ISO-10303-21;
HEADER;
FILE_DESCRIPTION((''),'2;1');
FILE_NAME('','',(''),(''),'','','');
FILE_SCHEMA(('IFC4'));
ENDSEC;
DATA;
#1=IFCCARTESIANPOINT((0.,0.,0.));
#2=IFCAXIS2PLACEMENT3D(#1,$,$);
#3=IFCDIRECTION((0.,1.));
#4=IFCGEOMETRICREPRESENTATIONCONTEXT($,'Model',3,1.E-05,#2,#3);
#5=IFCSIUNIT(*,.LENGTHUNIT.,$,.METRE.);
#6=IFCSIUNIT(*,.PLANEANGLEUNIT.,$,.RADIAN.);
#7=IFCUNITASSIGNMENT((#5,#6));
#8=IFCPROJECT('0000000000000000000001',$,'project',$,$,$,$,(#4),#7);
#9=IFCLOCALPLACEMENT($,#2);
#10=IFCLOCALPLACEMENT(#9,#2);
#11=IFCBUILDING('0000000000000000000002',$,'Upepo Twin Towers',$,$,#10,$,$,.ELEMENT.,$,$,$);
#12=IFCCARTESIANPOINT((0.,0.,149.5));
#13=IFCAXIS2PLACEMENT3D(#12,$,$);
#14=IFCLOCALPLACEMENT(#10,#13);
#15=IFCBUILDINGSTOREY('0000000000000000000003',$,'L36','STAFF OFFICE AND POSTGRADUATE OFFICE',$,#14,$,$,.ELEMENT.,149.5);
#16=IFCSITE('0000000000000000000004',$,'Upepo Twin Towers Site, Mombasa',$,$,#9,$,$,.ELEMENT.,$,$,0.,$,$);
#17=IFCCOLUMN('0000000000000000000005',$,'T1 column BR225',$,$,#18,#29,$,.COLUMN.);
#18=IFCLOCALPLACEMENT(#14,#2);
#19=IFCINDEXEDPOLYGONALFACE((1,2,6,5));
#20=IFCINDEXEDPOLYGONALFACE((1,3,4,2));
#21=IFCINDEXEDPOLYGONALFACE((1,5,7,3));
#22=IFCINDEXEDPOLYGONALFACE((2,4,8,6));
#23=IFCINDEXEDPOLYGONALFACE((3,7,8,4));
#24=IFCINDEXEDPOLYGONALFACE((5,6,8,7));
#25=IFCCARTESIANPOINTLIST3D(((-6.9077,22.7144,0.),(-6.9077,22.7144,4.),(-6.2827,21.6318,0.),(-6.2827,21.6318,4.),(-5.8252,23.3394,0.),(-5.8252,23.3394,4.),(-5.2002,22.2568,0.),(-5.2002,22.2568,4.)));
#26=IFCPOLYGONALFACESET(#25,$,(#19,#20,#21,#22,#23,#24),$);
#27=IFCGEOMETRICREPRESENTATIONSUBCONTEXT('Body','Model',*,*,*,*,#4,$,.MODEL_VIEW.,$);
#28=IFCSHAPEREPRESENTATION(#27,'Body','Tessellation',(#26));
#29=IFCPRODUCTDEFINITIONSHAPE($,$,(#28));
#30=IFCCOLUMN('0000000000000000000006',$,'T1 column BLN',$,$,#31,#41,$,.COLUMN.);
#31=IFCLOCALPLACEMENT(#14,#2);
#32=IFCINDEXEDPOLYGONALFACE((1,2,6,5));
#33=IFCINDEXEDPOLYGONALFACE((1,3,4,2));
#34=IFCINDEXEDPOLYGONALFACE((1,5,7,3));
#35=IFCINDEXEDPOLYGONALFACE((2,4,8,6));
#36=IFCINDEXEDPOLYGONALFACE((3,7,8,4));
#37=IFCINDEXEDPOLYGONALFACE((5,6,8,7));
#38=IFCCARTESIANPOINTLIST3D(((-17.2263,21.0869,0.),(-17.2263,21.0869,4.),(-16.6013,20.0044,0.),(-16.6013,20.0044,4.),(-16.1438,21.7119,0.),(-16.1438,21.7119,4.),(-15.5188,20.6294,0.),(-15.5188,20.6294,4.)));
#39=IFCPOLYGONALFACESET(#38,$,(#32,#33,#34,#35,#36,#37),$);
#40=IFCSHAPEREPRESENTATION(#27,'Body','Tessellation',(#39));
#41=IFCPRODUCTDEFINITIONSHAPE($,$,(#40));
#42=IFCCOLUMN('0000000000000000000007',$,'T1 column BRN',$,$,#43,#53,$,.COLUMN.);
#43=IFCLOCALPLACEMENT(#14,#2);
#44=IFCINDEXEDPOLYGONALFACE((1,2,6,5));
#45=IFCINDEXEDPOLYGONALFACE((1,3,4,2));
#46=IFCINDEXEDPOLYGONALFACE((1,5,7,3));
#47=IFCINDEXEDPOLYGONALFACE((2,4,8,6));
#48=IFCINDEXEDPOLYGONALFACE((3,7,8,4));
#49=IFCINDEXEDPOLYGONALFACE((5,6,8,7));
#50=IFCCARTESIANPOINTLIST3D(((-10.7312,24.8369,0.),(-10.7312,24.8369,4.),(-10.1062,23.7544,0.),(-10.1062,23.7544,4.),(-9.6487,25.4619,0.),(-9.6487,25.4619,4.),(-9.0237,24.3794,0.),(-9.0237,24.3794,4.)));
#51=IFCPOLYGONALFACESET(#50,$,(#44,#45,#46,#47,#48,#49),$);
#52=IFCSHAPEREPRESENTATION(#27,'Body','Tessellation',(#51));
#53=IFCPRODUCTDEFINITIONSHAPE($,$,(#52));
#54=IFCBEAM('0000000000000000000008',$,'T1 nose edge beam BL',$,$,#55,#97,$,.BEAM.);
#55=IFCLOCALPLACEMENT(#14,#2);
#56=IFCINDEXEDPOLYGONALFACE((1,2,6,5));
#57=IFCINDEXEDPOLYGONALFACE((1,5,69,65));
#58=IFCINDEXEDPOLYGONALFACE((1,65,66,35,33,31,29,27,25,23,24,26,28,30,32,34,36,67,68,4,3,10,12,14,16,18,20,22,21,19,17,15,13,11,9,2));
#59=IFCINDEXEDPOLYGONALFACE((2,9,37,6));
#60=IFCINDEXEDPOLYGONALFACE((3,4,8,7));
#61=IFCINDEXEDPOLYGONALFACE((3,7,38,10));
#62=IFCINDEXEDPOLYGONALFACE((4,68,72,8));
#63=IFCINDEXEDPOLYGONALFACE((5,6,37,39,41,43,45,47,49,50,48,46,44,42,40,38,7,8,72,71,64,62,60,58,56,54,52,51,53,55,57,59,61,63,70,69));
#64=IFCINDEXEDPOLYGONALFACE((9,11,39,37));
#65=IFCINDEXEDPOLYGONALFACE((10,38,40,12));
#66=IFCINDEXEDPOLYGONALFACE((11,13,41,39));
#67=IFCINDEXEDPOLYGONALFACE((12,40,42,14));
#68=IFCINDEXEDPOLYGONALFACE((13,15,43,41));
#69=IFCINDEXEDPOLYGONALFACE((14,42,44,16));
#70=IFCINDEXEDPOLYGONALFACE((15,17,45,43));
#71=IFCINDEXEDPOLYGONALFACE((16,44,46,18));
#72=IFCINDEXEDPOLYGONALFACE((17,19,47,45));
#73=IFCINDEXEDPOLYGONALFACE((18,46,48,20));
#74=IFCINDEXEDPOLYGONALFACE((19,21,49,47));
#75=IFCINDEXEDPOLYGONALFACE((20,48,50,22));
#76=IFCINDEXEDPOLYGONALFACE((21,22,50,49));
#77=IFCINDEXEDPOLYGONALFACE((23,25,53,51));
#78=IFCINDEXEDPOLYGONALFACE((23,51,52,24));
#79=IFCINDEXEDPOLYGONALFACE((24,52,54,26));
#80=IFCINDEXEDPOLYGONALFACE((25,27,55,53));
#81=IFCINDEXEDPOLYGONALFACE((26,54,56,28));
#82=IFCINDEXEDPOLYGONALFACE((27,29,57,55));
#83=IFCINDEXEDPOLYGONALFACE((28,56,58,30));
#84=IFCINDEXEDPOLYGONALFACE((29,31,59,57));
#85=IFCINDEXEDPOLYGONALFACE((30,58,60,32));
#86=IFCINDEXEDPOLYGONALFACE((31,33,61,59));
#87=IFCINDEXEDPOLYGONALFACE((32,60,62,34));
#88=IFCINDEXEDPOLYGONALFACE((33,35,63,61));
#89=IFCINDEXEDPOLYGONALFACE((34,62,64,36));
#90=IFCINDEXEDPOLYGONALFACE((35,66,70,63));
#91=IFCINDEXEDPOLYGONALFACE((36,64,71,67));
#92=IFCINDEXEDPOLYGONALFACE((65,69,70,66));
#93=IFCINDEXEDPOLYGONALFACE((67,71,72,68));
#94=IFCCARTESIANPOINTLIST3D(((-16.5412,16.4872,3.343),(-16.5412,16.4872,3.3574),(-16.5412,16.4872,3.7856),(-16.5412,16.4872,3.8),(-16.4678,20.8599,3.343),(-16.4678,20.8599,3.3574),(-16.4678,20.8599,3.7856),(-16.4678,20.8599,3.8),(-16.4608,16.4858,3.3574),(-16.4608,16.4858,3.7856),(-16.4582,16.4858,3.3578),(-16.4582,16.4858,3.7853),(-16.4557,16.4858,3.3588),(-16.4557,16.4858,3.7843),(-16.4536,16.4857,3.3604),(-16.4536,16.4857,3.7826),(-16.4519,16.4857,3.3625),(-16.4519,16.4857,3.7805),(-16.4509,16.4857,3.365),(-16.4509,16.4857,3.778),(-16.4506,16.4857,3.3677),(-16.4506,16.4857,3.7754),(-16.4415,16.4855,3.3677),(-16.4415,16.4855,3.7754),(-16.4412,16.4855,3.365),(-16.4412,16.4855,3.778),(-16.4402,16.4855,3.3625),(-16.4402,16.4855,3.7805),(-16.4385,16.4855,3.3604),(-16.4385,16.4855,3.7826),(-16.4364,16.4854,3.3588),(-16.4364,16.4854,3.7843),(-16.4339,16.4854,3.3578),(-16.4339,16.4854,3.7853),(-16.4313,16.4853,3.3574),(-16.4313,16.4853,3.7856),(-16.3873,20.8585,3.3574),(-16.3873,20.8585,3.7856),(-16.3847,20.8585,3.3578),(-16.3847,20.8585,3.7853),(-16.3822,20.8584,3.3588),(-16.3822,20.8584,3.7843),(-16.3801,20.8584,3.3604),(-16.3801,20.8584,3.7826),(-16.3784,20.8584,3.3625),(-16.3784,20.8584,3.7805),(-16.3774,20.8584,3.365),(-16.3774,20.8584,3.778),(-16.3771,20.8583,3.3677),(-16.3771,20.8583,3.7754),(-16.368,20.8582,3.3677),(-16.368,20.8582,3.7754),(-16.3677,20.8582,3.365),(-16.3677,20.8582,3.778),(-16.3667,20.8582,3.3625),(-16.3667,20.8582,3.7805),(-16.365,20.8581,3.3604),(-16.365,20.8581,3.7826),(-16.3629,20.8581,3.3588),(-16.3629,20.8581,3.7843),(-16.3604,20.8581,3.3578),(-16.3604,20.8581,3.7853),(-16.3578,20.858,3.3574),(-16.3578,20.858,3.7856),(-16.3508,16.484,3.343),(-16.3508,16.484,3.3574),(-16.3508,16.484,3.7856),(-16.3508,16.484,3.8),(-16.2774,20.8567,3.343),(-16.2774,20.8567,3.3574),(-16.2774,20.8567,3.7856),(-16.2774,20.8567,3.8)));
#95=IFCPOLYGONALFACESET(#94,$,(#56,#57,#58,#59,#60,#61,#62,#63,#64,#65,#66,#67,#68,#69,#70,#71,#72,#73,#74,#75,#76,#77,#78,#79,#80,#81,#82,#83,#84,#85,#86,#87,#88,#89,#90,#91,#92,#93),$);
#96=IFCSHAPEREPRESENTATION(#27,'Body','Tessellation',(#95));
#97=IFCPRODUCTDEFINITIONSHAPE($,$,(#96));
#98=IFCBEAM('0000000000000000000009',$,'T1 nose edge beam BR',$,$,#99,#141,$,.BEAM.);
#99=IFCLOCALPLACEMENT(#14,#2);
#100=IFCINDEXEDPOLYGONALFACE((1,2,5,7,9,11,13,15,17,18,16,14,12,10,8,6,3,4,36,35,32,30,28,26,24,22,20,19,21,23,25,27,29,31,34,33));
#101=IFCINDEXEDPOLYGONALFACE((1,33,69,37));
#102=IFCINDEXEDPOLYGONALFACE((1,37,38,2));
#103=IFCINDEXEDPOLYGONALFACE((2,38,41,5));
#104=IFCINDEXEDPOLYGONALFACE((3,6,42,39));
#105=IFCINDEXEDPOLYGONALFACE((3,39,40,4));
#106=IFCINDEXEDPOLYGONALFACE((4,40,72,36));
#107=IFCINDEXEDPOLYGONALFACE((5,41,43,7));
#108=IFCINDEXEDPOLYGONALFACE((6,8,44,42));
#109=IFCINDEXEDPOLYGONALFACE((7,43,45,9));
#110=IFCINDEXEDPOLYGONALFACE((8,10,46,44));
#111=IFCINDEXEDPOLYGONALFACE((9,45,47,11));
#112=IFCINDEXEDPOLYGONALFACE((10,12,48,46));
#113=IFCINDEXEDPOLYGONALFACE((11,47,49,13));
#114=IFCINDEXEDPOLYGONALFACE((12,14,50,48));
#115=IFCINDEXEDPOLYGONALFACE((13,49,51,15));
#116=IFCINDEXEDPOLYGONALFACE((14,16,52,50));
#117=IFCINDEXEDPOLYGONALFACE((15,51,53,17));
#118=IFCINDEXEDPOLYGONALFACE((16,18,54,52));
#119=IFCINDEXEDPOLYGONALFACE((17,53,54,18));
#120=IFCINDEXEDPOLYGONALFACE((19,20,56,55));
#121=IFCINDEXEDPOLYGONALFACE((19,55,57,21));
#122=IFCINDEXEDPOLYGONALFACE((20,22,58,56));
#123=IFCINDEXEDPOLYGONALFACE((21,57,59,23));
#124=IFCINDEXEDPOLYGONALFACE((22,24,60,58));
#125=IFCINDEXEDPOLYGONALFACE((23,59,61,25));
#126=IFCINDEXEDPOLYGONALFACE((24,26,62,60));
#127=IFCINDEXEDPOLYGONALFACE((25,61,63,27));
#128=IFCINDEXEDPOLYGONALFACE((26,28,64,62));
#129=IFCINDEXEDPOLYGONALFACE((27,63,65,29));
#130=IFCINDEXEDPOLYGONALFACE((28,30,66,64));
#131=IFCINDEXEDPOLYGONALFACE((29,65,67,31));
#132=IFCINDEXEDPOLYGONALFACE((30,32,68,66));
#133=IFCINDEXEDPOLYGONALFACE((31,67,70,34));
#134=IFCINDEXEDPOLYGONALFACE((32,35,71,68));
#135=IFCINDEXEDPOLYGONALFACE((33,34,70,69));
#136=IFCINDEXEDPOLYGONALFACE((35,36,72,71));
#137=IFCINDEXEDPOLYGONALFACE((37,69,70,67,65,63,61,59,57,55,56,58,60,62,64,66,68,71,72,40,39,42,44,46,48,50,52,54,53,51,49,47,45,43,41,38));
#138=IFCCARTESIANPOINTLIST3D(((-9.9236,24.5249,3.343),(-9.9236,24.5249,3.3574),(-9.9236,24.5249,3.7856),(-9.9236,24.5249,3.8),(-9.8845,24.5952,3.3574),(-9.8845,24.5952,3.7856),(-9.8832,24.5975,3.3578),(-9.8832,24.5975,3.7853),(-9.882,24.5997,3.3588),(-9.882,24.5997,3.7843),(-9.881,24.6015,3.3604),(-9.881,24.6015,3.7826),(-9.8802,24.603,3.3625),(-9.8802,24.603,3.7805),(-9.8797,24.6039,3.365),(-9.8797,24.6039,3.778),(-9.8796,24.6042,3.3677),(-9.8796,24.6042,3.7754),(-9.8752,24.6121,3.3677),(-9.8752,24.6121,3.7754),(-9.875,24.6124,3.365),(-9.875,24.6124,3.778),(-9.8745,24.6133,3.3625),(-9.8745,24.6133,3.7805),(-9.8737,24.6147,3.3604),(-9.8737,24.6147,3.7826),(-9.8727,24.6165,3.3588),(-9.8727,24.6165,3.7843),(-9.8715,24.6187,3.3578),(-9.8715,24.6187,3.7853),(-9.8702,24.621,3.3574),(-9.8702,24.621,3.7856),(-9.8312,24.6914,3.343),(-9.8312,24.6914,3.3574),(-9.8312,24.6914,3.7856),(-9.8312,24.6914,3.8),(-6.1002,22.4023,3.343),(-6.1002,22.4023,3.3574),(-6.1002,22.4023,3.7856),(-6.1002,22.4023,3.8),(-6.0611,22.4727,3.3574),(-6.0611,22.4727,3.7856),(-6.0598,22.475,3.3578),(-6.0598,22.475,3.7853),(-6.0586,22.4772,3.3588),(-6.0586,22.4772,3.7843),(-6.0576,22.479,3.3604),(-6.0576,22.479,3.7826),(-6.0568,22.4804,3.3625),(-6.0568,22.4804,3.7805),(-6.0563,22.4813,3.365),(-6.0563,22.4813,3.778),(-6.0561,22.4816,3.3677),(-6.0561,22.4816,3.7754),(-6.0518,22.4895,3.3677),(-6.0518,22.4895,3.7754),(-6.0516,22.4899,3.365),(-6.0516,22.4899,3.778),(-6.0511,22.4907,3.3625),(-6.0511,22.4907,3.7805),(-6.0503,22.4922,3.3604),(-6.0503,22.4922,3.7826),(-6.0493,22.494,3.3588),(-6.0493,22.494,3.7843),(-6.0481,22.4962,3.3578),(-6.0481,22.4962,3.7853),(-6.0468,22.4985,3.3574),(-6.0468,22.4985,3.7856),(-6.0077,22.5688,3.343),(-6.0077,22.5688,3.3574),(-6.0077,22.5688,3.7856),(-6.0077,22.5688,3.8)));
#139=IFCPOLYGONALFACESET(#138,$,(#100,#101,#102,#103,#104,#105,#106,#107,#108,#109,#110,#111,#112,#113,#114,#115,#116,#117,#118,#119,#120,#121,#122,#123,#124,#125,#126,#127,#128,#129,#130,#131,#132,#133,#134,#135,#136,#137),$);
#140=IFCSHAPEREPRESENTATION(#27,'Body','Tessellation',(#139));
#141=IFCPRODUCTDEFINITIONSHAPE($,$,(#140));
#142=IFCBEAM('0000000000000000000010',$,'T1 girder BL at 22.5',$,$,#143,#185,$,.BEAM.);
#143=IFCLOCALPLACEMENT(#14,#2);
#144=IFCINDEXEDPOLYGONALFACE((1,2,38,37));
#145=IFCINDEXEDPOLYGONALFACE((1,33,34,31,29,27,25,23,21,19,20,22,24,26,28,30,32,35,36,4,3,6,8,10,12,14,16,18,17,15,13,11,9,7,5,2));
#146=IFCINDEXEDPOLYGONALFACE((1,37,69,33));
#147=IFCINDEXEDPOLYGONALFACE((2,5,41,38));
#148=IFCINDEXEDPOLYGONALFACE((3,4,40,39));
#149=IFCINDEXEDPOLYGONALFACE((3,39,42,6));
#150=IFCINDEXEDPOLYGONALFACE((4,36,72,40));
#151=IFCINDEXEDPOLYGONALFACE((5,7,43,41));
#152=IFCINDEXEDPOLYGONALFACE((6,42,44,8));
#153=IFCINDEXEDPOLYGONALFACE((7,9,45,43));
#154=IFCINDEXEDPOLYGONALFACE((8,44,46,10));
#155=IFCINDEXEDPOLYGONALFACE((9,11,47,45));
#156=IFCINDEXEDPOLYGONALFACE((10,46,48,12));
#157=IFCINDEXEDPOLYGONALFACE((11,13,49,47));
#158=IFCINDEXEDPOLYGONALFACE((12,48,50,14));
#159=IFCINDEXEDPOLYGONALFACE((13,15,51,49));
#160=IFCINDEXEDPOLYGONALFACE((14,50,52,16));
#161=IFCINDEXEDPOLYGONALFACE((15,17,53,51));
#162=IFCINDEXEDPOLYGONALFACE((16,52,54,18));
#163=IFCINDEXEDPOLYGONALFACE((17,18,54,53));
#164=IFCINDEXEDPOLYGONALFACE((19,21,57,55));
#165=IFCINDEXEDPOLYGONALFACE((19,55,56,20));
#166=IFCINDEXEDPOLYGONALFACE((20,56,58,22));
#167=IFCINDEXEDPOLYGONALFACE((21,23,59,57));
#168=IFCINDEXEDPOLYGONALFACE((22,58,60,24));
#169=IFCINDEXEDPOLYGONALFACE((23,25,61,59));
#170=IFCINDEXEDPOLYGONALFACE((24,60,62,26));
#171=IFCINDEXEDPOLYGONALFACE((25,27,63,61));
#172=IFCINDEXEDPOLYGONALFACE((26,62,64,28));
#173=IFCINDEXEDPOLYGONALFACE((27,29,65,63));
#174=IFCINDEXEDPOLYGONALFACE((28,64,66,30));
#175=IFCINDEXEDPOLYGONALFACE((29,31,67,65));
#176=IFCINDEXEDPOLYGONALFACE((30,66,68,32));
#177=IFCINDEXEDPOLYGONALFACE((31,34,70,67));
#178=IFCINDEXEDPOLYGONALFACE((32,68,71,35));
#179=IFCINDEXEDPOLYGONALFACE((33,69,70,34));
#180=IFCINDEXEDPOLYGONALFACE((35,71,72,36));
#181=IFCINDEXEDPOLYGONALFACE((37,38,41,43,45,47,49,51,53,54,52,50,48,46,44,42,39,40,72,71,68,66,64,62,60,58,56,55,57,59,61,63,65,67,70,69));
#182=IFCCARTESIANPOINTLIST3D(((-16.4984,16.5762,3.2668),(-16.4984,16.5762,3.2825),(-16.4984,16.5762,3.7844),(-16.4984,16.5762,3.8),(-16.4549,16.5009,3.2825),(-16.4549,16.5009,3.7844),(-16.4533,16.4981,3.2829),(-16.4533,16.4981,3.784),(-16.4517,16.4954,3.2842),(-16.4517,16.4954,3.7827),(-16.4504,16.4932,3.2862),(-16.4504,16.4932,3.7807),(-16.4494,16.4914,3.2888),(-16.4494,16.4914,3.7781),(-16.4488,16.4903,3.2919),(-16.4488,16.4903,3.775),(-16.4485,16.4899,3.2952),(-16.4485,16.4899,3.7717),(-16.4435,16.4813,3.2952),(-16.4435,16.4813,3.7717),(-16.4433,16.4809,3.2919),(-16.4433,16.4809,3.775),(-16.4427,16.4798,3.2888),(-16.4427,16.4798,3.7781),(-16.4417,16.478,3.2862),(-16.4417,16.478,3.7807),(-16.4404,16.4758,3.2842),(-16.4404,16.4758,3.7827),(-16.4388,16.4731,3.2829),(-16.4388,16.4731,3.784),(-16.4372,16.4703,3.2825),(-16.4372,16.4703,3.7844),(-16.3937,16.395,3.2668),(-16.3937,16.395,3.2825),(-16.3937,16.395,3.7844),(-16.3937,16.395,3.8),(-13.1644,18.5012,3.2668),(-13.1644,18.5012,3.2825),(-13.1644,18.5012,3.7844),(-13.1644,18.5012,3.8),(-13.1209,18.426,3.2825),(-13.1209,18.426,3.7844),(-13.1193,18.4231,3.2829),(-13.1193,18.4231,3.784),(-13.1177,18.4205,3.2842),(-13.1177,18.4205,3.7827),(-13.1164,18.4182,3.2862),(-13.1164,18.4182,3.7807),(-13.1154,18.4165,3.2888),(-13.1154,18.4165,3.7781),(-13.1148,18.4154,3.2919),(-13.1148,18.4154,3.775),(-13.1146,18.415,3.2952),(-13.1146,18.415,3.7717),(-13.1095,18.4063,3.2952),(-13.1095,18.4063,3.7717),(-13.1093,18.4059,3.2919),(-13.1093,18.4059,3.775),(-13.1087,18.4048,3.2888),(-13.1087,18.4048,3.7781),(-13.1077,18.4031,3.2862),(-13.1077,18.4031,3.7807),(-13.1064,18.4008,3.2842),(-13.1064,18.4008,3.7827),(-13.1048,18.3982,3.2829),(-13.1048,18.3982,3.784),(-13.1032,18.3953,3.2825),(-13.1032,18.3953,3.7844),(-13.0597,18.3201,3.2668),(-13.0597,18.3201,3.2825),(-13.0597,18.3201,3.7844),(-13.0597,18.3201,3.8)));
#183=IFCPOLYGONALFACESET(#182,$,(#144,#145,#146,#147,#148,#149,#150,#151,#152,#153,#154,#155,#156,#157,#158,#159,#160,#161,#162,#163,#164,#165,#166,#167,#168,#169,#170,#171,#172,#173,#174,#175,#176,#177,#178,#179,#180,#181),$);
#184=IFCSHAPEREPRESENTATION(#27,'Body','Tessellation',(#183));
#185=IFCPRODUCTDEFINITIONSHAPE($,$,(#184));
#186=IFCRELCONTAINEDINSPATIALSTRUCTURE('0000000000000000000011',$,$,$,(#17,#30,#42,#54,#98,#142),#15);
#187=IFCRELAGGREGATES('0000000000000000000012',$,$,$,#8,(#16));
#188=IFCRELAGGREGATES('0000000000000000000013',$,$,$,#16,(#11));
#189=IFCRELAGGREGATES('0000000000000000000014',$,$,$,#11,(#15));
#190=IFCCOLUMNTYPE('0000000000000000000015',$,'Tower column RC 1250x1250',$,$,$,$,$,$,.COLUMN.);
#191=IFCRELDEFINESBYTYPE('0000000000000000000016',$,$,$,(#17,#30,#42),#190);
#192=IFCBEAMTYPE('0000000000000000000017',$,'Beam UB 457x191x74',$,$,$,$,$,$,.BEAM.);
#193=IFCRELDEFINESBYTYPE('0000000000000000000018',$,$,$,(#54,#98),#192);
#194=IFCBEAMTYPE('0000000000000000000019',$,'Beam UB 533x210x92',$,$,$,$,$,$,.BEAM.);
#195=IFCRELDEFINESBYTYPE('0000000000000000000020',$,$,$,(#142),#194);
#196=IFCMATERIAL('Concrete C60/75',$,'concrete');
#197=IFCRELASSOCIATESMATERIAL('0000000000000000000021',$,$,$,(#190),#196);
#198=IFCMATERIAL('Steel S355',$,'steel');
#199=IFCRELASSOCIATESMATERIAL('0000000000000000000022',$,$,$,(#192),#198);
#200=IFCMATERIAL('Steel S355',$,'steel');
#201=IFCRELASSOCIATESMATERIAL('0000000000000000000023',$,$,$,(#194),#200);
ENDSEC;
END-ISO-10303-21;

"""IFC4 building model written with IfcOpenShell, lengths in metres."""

from ifc_helpers import new_model, si_unit, direction, frame, origin, origin_2d, place, context, subcontext, project, spatial, rectangle, i_section, extrude, material, material_profile, profile_set, type_object, element, save


model = new_model("IFC4")

# Units and contexts
model_context = context("Model", 3, precision=1e-05, world=origin(), true_north=direction((0.0, 1.0)))
body_context = subcontext(model_context, "Body", "Model", "MODEL_VIEW")
ifc_project = project(units=[si_unit("LENGTHUNIT", "METRE"), si_unit("PLANEANGLEUNIT", "RADIAN")], contexts=[model_context])

# Site, building, storey
site_placement = place(None, origin())
site = spatial("IfcSite", under=ifc_project, at=site_placement, Name="Upepo Twin Towers Site, Mombasa", CompositionType="ELEMENT", RefElevation=0.0)
building_placement = place(site_placement, origin())
building = spatial("IfcBuilding", under=site, at=building_placement, Name="Upepo Twin Towers", CompositionType="ELEMENT")
storey_placement = place(building_placement, frame((0.0, 0.0, 149.5)))
storey = spatial("IfcBuildingStorey", under=building, at=storey_placement, Name="L36", Description="STAFF OFFICE AND POSTGRADUATE OFFICE", CompositionType="ELEMENT", Elevation=149.5)

# Columns
ifc_material_1 = material(Name="Concrete C60/75", Category="concrete")
ifc_material_profile_1 = material_profile(ifc_material_1, rectangle(XDim=1.25, YDim=1.25, at=origin_2d()), Name="RC 1250x1250")
ifc_profile_set_1 = profile_set([ifc_material_profile_1], Name="Concrete C60/75")
column_type = type_object("IfcColumnType", Name="Tower column RC 1250x1250", PredefinedType="COLUMN", material=ifc_profile_set_1)
for number, where, z_axis, x_axis, name in (
    (1, (-6.054, 22.4856, 0.0), (0.0, 0.0, 1.0), (0.866025, 0.5, 0.0), "T1 column BR225"),
    (2, (-16.3726, 20.8582, 0.0), (0.0, 0.0, 1.0), (0.866025, 0.5, 0.0), "T1 column BLN"),
    (3, (-9.8774, 24.6082, 0.0), (0.0, 0.0, 1.0), (0.866025, 0.5, 0.0), "T1 column BRN"),
):
    element("IfcColumn", number, at=place(storey_placement, frame(where, z_axis=z_axis, x_axis=x_axis)), inside=storey, type_object=column_type, Name=name, PredefinedType="COLUMN", context=body_context, shape_type="SweptSolid", body=[
        extrude(rectangle(XDim=1.25, YDim=1.25, at=origin_2d()), origin(), (0.0, 0.0, 1.0), 4.0),
    ])

# Beams
ifc_material_2 = material(Name="Steel S355", Category="steel")
ifc_material_profile_2 = material_profile(ifc_material_2, i_section(OverallWidth=0.1904, OverallDepth=0.457, WebThickness=0.009, FlangeThickness=0.0144, FilletRadius=0.0103, at=origin_2d()), Name="UB 457x191x74")
ifc_profile_set_2 = profile_set([ifc_material_profile_2], Name="Steel S355")
beam_type_1 = type_object("IfcBeamType", Name="Beam UB 457x191x74", PredefinedType="BEAM", material=ifc_profile_set_2)
beam_1_placement = place(storey_placement, frame((-16.446, 16.4856, 3.5715), z_axis=(0.016804, 0.999859, 0.0), x_axis=(-0.999859, 0.016804, 0.0)))
element("IfcBeam", 4, at=beam_1_placement, inside=storey, type_object=beam_type_1, Name="T1 nose edge beam BL", PredefinedType="BEAM", context=body_context, shape_type="SweptSolid", body=[
    extrude(i_section(OverallWidth=0.1904, OverallDepth=0.457, WebThickness=0.009, FlangeThickness=0.0144, FilletRadius=0.0103, at=origin_2d()), origin(), (0.0, 0.0, 1.0), 4.3733),
])
beam_2_placement = place(storey_placement, frame((-6.054, 22.4856, 3.5715), z_axis=(-0.874313, 0.485363, 0.0), x_axis=(-0.485363, -0.874313, 0.0)))
element("IfcBeam", 5, at=beam_2_placement, inside=storey, type_object=beam_type_1, Name="T1 nose edge beam BR", PredefinedType="BEAM", context=body_context, shape_type="SweptSolid", body=[
    extrude(i_section(OverallWidth=0.1904, OverallDepth=0.457, WebThickness=0.009, FlangeThickness=0.0144, FilletRadius=0.0103, at=origin_2d()), origin(), (0.0, 0.0, 1.0), 4.373),
])
ifc_material_3 = material(Name="Steel S355", Category="steel")
ifc_material_profile_3 = material_profile(ifc_material_3, i_section(OverallWidth=0.2092, OverallDepth=0.5332, WebThickness=0.01, FlangeThickness=0.0156, FilletRadius=0.0127, at=origin_2d()), Name="UB 533x210x92")
ifc_profile_set_3 = profile_set([ifc_material_profile_3], Name="Steel S355")
beam_type_2 = type_object("IfcBeamType", Name="Beam UB 533x210x92", PredefinedType="BEAM", material=ifc_profile_set_3)
for number, where, z_axis, x_axis, name in (
    (6, (-16.446, 16.4856, 3.5334), (0.866006, 0.500034, 0.0), (-0.500034, 0.866006, 0.0), "T1 girder BL at 22.5"),
):
    element("IfcBeam", number, at=place(storey_placement, frame(where, z_axis=z_axis, x_axis=x_axis)), inside=storey, type_object=beam_type_2, Name=name, PredefinedType="BEAM", context=body_context, shape_type="SweptSolid", body=[
        extrude(i_section(OverallWidth=0.2092, OverallDepth=0.5332, WebThickness=0.01, FlangeThickness=0.0156, FilletRadius=0.0127, at=origin_2d()), origin(), (0.0, 0.0, 1.0), 3.8499),
    ])

save(model, "model.ifc")
